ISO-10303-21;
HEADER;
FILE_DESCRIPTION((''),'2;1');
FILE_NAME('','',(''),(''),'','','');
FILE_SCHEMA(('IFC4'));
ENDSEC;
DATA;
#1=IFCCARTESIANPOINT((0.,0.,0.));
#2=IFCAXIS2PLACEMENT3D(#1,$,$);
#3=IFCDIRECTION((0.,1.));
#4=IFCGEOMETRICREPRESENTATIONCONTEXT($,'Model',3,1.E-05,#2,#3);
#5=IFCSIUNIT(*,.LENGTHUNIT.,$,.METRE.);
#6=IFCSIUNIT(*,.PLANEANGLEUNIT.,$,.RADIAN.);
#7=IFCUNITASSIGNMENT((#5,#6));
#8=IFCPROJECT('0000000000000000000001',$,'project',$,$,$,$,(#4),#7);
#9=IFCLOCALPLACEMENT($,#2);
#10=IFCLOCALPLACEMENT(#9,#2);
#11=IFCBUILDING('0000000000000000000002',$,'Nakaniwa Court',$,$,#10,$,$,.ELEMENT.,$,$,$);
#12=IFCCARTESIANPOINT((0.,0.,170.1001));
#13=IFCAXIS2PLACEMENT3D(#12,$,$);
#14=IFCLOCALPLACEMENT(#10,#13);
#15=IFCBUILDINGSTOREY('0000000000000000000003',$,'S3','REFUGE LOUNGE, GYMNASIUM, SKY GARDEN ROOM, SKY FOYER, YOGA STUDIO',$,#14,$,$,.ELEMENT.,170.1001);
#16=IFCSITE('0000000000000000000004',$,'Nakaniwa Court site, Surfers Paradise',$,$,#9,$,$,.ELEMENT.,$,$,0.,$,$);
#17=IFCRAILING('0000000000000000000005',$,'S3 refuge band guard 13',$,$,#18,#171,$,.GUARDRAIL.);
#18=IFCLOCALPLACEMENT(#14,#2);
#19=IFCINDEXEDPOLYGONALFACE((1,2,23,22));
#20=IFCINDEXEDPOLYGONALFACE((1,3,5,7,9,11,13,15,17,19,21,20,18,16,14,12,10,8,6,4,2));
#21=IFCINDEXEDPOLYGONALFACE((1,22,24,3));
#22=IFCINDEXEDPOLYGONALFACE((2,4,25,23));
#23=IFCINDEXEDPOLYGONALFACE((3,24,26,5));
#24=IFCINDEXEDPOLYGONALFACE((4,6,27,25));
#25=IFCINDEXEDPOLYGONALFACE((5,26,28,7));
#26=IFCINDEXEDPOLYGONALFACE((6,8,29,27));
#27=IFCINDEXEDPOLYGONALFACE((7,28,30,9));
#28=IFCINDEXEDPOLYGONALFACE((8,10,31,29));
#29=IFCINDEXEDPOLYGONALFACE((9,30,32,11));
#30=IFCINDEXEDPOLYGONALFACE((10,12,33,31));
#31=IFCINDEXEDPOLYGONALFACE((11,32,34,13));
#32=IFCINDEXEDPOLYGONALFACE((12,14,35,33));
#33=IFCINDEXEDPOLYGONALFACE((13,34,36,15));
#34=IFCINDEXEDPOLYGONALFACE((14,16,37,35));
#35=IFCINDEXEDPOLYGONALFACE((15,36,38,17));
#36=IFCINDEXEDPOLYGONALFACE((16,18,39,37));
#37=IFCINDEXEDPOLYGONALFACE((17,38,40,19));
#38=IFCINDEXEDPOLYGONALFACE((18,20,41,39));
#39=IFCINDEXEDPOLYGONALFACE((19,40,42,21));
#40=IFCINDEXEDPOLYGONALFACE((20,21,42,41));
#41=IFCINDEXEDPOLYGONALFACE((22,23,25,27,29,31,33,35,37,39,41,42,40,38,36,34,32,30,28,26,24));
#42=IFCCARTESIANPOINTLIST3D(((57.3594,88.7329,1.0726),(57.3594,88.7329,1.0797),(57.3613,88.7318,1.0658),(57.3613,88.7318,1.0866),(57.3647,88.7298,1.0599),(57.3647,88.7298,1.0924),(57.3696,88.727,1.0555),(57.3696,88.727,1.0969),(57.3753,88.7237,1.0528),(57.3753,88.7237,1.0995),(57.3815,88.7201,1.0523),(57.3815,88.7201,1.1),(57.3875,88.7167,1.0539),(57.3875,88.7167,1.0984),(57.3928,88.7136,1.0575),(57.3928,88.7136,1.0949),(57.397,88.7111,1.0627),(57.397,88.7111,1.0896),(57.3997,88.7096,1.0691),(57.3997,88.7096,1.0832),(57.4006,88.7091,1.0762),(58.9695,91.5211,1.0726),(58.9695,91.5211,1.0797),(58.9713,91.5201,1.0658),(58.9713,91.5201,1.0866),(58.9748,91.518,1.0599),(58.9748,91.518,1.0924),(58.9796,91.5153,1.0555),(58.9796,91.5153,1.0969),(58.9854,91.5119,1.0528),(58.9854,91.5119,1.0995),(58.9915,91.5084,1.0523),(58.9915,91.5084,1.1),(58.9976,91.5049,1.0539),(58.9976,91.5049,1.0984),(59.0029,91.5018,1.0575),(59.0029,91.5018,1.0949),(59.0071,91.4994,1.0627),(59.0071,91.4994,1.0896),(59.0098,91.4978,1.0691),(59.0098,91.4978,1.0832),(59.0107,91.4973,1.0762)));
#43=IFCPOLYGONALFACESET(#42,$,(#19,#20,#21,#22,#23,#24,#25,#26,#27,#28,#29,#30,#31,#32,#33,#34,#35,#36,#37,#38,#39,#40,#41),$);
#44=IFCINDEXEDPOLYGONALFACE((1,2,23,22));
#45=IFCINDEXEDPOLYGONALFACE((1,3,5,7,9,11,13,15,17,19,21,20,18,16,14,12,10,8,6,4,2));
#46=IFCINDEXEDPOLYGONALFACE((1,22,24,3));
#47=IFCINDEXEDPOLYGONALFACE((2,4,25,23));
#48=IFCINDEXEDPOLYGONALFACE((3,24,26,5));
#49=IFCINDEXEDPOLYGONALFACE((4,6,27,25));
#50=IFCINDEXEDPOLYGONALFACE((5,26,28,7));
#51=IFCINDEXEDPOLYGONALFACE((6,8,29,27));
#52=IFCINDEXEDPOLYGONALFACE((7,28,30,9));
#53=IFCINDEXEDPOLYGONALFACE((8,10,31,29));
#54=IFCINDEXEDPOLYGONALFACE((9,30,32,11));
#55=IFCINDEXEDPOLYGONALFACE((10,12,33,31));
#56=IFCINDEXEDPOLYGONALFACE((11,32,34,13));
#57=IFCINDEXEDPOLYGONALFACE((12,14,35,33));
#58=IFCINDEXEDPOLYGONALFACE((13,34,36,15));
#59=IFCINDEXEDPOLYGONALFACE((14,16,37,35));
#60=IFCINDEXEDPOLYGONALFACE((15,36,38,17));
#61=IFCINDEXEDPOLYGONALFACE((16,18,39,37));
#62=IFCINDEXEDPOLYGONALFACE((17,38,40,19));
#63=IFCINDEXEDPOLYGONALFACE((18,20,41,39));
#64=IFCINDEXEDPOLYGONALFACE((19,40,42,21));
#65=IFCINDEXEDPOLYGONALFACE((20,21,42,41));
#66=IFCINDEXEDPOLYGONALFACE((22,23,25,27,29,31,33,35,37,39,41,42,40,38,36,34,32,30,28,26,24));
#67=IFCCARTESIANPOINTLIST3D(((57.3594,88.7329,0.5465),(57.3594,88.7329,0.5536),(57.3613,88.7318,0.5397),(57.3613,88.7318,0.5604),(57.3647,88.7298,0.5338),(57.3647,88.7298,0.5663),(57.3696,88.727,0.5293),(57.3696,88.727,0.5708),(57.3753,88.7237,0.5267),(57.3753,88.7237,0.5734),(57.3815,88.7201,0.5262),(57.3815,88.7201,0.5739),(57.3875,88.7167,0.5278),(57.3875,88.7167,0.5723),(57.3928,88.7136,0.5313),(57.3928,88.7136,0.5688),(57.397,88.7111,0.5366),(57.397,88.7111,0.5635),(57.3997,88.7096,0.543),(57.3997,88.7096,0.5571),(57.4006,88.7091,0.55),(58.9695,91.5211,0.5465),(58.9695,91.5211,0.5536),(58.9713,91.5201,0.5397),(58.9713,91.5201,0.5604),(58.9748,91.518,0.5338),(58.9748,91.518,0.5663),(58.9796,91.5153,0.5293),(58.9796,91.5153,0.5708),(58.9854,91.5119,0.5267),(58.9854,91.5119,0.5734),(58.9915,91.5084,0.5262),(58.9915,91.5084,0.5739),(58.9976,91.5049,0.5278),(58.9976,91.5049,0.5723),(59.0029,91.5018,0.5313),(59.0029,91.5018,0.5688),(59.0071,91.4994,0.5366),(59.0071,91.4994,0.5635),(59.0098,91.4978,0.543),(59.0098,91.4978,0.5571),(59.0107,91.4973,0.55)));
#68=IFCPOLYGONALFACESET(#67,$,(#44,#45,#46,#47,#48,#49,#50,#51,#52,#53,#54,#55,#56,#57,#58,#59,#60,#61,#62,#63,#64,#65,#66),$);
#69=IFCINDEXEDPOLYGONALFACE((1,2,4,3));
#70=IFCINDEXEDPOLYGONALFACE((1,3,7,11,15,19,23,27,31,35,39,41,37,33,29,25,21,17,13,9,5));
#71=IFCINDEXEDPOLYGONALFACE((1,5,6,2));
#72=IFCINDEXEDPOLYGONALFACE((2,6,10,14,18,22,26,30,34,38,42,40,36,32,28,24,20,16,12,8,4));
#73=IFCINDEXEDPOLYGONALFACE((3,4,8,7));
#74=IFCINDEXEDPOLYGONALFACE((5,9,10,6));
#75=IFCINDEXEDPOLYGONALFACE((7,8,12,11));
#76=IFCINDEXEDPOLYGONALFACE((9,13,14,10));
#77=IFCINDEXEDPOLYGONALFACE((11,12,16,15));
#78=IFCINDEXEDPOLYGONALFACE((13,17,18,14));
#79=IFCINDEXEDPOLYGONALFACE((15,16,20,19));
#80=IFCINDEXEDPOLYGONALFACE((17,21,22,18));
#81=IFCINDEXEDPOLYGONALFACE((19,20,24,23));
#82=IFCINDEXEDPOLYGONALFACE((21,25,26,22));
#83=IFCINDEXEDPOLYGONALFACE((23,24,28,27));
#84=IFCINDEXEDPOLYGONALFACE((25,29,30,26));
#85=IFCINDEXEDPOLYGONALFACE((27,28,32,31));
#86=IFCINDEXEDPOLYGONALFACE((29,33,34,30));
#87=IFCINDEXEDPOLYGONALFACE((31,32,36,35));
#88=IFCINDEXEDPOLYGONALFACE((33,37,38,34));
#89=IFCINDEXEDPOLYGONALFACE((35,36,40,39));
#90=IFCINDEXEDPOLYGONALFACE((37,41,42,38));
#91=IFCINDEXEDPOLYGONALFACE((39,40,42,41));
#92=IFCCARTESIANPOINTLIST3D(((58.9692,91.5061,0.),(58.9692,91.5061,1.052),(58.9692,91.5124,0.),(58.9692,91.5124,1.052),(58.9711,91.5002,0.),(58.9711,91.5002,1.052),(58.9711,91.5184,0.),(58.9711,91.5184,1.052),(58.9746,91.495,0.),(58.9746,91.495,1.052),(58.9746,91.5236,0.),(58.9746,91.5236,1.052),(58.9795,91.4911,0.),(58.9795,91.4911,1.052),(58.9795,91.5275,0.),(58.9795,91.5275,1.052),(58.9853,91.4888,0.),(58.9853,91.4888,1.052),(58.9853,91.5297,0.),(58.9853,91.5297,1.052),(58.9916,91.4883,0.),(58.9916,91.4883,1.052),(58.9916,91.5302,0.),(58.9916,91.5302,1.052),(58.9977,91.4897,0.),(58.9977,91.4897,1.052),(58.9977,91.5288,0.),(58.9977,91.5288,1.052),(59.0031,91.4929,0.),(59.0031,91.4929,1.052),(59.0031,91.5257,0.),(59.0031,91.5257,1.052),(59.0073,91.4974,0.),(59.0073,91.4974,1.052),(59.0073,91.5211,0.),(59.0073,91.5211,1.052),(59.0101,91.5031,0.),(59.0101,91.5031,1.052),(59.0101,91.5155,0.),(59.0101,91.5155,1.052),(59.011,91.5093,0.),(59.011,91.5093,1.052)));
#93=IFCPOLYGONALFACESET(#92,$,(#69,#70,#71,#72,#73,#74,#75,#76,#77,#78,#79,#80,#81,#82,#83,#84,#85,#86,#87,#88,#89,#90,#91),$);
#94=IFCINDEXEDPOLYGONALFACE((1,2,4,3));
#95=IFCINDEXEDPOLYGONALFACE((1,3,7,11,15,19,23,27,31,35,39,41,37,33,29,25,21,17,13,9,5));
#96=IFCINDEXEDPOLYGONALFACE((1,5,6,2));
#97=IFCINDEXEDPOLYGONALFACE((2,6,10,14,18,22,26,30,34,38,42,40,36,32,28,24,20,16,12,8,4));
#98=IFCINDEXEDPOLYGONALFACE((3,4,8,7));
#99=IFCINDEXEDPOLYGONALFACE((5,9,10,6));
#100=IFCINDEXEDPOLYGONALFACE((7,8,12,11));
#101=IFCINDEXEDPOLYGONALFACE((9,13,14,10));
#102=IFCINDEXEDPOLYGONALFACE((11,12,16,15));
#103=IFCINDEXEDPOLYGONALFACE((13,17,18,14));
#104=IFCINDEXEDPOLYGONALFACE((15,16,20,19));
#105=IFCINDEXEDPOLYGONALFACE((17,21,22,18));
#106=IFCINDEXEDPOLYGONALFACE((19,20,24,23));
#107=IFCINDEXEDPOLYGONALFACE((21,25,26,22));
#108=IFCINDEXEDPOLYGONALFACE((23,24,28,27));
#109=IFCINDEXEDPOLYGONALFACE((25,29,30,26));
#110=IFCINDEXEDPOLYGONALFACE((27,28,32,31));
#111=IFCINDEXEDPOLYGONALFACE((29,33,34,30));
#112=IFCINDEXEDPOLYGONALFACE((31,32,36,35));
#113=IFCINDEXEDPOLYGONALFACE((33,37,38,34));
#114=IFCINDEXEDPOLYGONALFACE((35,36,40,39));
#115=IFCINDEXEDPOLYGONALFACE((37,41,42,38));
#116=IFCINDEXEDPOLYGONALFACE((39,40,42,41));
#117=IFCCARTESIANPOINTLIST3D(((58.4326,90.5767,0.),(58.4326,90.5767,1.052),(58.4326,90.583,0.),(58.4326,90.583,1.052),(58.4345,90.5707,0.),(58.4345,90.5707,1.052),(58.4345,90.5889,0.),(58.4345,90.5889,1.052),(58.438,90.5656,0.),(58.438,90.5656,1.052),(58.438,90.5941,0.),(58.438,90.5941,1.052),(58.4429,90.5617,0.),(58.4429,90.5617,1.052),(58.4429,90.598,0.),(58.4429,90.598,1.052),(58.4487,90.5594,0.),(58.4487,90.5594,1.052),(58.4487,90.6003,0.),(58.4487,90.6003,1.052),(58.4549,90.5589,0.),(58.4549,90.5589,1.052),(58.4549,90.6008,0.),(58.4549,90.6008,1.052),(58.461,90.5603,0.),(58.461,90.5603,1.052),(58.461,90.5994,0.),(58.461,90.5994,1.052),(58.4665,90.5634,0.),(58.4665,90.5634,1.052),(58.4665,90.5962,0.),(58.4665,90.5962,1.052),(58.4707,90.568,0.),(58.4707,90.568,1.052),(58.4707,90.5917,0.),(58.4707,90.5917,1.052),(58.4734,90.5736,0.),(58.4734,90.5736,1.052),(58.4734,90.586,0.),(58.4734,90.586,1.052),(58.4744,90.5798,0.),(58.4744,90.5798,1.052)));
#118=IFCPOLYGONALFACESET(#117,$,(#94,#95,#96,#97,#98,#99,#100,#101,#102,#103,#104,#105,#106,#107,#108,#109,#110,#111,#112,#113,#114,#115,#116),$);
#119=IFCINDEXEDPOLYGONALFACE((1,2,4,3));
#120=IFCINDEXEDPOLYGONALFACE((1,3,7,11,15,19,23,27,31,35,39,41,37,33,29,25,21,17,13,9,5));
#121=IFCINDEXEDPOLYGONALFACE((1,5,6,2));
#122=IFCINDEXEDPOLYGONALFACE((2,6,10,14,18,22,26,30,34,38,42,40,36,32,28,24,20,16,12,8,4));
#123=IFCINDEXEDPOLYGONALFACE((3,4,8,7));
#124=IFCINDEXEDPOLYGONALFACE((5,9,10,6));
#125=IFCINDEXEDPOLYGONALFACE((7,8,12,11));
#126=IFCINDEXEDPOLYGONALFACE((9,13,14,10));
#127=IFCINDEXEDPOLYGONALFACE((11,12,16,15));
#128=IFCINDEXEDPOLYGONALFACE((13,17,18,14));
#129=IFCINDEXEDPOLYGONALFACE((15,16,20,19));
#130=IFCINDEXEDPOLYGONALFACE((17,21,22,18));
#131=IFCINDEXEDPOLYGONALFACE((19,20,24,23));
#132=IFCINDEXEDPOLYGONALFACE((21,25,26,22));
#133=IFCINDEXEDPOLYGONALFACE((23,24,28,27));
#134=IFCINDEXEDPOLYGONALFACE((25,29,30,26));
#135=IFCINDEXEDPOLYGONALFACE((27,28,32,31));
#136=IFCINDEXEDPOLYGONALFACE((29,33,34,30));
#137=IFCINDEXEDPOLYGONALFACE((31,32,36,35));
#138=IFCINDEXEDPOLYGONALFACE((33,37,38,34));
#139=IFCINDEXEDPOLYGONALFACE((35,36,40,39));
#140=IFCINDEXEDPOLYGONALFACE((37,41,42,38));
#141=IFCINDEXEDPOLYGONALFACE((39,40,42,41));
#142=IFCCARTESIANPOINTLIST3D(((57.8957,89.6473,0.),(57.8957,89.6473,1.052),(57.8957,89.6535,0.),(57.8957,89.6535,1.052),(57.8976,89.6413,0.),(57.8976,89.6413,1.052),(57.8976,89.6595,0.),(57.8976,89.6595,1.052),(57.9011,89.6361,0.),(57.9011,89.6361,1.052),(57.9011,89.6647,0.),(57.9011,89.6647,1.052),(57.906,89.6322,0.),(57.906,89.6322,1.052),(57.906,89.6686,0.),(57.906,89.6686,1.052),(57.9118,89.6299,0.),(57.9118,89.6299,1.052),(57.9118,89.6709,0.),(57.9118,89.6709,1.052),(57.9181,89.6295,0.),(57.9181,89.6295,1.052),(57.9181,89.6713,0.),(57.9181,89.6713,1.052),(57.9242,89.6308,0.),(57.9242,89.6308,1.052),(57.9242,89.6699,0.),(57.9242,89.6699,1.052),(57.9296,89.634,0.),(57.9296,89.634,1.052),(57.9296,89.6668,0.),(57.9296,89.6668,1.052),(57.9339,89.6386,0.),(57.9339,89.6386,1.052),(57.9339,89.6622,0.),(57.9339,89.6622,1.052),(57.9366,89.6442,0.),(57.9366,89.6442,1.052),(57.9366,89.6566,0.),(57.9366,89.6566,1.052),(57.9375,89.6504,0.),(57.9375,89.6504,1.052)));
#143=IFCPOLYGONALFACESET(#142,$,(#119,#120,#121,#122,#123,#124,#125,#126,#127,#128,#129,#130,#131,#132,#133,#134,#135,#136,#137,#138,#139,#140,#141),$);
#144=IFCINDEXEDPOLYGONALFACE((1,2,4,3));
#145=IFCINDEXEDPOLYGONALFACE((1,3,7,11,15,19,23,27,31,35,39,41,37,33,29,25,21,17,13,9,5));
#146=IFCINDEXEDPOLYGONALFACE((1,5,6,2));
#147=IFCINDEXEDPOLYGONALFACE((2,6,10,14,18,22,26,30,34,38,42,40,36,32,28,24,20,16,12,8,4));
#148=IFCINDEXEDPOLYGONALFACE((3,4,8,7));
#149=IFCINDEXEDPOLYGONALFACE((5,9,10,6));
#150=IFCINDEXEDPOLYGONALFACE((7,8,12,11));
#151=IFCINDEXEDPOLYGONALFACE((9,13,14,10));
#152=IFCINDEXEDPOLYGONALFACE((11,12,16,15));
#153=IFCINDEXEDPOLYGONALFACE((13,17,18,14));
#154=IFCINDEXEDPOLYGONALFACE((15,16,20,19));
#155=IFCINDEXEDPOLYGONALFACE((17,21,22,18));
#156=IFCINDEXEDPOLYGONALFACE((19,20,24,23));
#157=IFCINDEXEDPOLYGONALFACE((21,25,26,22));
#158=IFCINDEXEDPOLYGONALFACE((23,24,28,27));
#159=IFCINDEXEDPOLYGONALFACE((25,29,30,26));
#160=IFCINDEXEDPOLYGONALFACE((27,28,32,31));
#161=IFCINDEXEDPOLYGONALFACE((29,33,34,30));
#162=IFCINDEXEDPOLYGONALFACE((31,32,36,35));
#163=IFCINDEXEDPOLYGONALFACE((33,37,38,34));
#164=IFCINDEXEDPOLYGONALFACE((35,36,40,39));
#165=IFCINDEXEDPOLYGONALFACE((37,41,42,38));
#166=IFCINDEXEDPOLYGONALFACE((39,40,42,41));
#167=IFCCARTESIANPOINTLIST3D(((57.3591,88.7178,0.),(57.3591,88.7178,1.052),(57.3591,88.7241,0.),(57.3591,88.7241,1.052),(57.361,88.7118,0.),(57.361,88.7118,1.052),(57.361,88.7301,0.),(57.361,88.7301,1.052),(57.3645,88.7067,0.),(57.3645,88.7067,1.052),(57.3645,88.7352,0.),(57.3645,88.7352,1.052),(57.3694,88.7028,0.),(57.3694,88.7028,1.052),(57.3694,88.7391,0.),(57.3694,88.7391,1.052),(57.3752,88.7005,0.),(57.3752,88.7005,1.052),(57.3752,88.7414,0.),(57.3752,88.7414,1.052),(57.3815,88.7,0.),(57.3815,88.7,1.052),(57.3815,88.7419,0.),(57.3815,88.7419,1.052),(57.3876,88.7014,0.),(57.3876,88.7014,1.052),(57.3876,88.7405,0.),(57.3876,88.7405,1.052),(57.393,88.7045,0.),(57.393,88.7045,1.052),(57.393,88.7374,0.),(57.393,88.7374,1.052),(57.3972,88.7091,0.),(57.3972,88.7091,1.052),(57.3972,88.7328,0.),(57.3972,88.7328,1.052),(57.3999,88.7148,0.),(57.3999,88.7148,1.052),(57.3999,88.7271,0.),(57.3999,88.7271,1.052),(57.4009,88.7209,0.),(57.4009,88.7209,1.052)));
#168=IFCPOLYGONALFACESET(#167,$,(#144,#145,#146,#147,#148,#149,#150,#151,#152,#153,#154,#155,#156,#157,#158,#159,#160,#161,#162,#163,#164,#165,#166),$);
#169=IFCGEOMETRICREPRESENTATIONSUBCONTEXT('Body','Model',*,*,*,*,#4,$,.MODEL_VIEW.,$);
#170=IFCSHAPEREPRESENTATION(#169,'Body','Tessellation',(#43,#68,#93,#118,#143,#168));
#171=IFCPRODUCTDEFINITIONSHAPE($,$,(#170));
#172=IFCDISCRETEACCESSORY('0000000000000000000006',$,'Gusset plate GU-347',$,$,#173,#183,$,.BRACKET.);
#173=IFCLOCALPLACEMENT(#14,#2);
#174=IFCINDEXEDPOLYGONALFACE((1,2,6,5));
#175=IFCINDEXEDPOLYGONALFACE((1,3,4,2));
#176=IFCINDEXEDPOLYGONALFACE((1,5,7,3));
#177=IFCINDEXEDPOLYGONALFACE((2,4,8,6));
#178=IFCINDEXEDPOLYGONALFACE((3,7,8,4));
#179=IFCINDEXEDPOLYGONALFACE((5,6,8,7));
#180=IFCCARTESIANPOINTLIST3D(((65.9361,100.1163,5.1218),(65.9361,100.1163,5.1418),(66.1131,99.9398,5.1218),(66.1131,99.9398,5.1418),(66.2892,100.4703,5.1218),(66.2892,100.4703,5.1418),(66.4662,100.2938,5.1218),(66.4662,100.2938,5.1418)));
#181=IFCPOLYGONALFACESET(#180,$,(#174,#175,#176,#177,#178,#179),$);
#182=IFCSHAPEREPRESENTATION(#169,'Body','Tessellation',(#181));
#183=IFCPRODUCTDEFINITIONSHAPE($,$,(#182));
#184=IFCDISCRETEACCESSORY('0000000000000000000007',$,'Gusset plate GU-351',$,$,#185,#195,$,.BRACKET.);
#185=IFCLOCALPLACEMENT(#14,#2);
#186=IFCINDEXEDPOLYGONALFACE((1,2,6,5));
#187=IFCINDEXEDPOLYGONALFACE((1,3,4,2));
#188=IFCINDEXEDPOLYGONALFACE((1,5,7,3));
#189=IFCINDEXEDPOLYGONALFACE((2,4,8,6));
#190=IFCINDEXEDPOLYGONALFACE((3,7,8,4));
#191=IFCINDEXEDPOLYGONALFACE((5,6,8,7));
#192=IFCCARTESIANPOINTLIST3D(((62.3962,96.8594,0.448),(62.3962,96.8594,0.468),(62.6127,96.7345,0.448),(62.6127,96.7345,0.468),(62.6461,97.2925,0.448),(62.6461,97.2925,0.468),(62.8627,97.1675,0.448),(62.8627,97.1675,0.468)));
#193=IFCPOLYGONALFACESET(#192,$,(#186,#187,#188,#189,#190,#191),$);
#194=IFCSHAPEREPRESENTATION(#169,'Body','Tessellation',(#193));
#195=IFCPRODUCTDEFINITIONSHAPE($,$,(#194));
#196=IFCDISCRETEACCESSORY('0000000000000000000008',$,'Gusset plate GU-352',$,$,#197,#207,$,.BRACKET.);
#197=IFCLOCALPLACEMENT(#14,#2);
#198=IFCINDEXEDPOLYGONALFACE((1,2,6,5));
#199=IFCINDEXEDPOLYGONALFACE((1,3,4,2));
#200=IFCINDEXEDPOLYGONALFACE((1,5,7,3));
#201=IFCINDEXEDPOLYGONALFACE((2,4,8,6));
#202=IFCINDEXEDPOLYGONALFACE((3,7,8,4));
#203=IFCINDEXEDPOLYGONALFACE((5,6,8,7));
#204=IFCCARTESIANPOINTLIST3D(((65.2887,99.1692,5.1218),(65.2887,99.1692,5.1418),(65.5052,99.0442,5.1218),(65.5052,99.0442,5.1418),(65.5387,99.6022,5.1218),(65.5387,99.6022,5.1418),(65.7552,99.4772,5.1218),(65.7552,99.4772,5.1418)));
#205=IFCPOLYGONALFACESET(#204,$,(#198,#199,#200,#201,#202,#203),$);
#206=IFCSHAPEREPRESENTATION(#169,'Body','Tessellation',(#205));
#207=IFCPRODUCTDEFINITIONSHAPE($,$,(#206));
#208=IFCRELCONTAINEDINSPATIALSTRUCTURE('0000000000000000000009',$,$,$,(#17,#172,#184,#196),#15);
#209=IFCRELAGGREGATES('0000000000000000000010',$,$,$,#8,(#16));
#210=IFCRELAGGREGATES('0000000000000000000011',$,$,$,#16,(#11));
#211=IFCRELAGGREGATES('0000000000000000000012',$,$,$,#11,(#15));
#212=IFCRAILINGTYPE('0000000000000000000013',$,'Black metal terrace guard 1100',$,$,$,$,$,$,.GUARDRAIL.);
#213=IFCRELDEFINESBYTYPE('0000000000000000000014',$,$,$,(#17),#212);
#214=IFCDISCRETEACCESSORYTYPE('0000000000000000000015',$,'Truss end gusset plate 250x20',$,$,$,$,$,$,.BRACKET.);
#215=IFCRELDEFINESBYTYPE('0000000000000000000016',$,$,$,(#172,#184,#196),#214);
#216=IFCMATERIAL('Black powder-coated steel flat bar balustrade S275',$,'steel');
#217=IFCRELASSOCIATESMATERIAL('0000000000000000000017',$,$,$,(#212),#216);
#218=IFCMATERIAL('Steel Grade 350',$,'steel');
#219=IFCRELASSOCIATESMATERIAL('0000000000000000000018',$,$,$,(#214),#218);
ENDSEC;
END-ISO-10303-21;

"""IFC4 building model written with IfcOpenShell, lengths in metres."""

from ifc_helpers import new_model, si_unit, direction, frame, origin, origin_2d, place, context, subcontext, project, spatial, rectangle, circle, extrude, material, material_profile, profile_set, type_object, element, save


model = new_model("IFC4")

# Units and contexts
model_context = context("Model", 3, precision=1e-05, world=origin(), true_north=direction((0.0, 1.0)))
body_context = subcontext(model_context, "Body", "Model", "MODEL_VIEW")
ifc_project = project(units=[si_unit("LENGTHUNIT", "METRE"), si_unit("PLANEANGLEUNIT", "RADIAN")], contexts=[model_context])

# Site, building, storey
site_placement = place(None, origin())
site = spatial("IfcSite", under=ifc_project, at=site_placement, Name="Nakaniwa Court site, Surfers Paradise", CompositionType="ELEMENT", RefElevation=0.0)
building_placement = place(site_placement, origin())
building = spatial("IfcBuilding", under=site, at=building_placement, Name="Nakaniwa Court", CompositionType="ELEMENT")
storey_placement = place(building_placement, frame((0.0, 0.0, 170.1001)))
storey = spatial("IfcBuildingStorey", under=building, at=storey_placement, Name="S3", Description="REFUGE LOUNGE, GYMNASIUM, SKY GARDEN ROOM, SKY FOYER, YOGA STUDIO", CompositionType="ELEMENT", Elevation=170.1001)

# Shared definitions
ifc_material_1 = material(Name="Steel Grade 350", Category="steel")

# Railing
ifc_material_2 = material(Name="Black powder-coated steel flat bar balustrade S275", Category="steel")
railing_type = type_object("IfcRailingType", Name="Black metal terrace guard 1100", PredefinedType="GUARDRAIL", material=ifc_material_2)
railing_1_placement = place(storey_placement, frame((58.99, 91.5093, 0.0)))
element("IfcRailing", 1, at=railing_1_placement, inside=storey, type_object=railing_type, Name="S3 refuge band guard 13", PredefinedType="GUARDRAIL", context=body_context, shape_type="SweptSolid", body=[
    extrude(circle(Radius=0.0239, at=origin_2d()), frame((0.0, 0.0, 1.0762), z_axis=(-0.500062, -0.86599, 0.0), x_axis=(0.86599, -0.500062, 0.0)), (0.0, 0.0, 1.0), 3.2197),
    extrude(circle(Radius=0.0239, at=origin_2d()), frame((0.0, 0.0, 0.55), z_axis=(-0.500062, -0.86599, 0.0), x_axis=(0.86599, -0.500062, 0.0)), (0.0, 0.0, 1.0), 3.2197),
    extrude(circle(Radius=0.021, at=origin_2d()), origin(), (0.0, 0.0, 1.0), 1.052),
    extrude(circle(Radius=0.021, at=origin_2d()), frame((-0.5366, -0.9294, 0.0)), (0.0, 0.0, 1.0), 1.052),
    extrude(circle(Radius=0.021, at=origin_2d()), frame((-1.0735, -1.8589, 0.0)), (0.0, 0.0, 1.0), 1.052),
    extrude(circle(Radius=0.021, at=origin_2d()), frame((-1.6101, -2.7883, 0.0)), (0.0, 0.0, 1.0), 1.052),
])

# Discrete accessories
ifc_material_profile_1 = material_profile(ifc_material_1, rectangle(XDim=0.25, YDim=0.02, at=origin_2d()), Name="Truss end gusset plate 250x20")
ifc_profile_set_1 = profile_set([ifc_material_profile_1], Name="Steel Grade 350")
discrete_accessory_type = type_object("IfcDiscreteAccessoryType", Name="Truss end gusset plate 250x20", PredefinedType="BRACKET", material=ifc_profile_set_1)
for number, where, z_axis, x_axis, name in (
    (2, (66.3777, 100.3821, 5.1318), (-0.706129, -0.708083, 0.0), (0.708083, -0.706129, 0.0), "Gusset plate GU-347"),
    (3, (62.7544, 97.23, 0.458), (-0.49992, -0.866072, 0.0), (0.866072, -0.49992, 0.0), "Gusset plate GU-351"),
    (4, (65.397, 99.1067, 5.1318), (0.49992, 0.866072, 0.0), (-0.866072, 0.49992, 0.0), "Gusset plate GU-352"),
):
    element("IfcDiscreteAccessory", number, at=place(storey_placement, frame(where, z_axis=z_axis, x_axis=x_axis)), inside=storey, type_object=discrete_accessory_type, Name=name, PredefinedType="BRACKET", context=body_context, shape_type="SweptSolid", body=[
        extrude(rectangle(XDim=0.25, YDim=0.02, at=origin_2d()), origin(), (0.0, 0.0, 1.0), 0.5),
    ])

save(model, "model.ifc")
